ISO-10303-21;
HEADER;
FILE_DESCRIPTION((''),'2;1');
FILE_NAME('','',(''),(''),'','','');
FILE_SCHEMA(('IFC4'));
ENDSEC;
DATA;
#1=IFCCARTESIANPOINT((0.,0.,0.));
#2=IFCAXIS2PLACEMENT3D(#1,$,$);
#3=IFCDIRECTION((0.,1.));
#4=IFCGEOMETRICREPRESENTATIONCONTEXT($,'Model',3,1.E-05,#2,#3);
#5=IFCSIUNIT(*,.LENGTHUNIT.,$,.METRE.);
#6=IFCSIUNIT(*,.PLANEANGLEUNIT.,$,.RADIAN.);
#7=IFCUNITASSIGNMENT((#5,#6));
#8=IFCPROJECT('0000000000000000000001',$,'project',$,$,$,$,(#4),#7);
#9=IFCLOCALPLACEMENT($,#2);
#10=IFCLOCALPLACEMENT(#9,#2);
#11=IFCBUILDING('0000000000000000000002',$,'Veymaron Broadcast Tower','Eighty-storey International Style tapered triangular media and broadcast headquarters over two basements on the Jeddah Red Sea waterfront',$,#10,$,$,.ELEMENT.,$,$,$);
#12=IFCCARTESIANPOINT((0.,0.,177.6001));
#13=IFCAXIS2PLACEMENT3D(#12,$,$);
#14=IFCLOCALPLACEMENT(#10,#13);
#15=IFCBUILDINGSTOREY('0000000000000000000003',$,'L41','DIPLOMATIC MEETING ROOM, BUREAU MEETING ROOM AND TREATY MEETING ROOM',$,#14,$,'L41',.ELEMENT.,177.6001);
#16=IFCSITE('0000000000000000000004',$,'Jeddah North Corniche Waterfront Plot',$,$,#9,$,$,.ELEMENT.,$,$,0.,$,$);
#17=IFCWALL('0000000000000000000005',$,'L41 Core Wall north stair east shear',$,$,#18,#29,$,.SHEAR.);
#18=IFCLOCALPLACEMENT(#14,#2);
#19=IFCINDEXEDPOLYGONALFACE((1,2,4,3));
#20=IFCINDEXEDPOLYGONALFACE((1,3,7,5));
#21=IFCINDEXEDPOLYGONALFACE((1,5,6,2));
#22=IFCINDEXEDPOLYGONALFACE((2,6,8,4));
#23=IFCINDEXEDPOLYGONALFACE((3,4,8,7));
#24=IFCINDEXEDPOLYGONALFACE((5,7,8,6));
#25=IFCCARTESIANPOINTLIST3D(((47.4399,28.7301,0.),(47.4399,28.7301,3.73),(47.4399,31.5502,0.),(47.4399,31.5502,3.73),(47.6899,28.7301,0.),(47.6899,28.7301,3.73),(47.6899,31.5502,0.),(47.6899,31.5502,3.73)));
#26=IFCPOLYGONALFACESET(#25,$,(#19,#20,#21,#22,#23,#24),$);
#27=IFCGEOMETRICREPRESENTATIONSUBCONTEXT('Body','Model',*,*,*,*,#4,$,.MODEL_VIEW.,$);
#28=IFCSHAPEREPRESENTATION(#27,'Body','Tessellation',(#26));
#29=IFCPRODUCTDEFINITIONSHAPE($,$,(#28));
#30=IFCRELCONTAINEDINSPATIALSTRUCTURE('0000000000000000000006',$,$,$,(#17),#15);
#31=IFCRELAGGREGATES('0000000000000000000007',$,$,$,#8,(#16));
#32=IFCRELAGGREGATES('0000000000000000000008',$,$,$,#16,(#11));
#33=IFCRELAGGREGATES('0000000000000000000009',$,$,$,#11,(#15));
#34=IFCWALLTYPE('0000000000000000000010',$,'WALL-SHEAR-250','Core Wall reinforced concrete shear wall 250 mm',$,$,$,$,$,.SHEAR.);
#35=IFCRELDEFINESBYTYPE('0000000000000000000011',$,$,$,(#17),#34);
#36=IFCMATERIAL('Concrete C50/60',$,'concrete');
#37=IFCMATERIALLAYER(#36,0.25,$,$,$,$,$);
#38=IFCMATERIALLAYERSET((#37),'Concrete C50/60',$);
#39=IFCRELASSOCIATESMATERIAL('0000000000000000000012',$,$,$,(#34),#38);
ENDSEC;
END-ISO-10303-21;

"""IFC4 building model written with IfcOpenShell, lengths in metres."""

from ifc_helpers import new_model, si_unit, direction, frame, frame_2d, origin, place, context, subcontext, project, spatial, rectangle, extrude, material, layer, layer_set, type_object, element, save


model = new_model("IFC4")

# Units and contexts
model_context = context("Model", 3, precision=1e-05, world=origin(), true_north=direction((0.0, 1.0)))
body_context = subcontext(model_context, "Body", "Model", "MODEL_VIEW")
ifc_project = project(units=[si_unit("LENGTHUNIT", "METRE"), si_unit("PLANEANGLEUNIT", "RADIAN")], contexts=[model_context])

# Site, building, storey
site_placement = place(None, origin())
site = spatial("IfcSite", under=ifc_project, at=site_placement, Name="Jeddah North Corniche Waterfront Plot", CompositionType="ELEMENT", RefElevation=0.0)
building_placement = place(site_placement, origin())
building = spatial("IfcBuilding", under=site, at=building_placement, Name="Veymaron Broadcast Tower", Description="Eighty-storey International Style tapered triangular media and broadcast headquarters over two basements on the Jeddah Red Sea waterfront", CompositionType="ELEMENT")
storey_placement = place(building_placement, frame((0.0, 0.0, 177.6001)))
storey = spatial("IfcBuildingStorey", under=building, at=storey_placement, Name="L41", Description="DIPLOMATIC MEETING ROOM, BUREAU MEETING ROOM AND TREATY MEETING ROOM", LongName="L41", CompositionType="ELEMENT", Elevation=177.6001)

# Wall
ifc_material_1 = material(Name="Concrete C50/60", Category="concrete")
ifc_layer_1 = layer(ifc_material_1, 0.25)
ifc_layer_set_1 = layer_set([ifc_layer_1], Name="Concrete C50/60")
wall_type_1 = type_object("IfcWallType", Name="WALL-SHEAR-250", Description="Core Wall reinforced concrete shear wall 250 mm", PredefinedType="SHEAR", material=ifc_layer_set_1)
wall_1_placement = place(storey_placement, frame((47.5649, 28.73, 0.0), z_axis=(0.0, 0.0, 1.0), x_axis=(0.0, 1.0, 0.0)))
element("IfcWall", 1, at=wall_1_placement, inside=storey, type_object=wall_type_1, Name="L41 Core Wall north stair east shear", PredefinedType="SHEAR", context=body_context, shape_type="SweptSolid", body=[
    extrude(rectangle(XDim=2.8201, YDim=0.25, at=frame_2d((1.4102, 0.0))), origin(), (0.0, 0.0, 1.0), 3.73),
])

save(model, "model.ifc")
